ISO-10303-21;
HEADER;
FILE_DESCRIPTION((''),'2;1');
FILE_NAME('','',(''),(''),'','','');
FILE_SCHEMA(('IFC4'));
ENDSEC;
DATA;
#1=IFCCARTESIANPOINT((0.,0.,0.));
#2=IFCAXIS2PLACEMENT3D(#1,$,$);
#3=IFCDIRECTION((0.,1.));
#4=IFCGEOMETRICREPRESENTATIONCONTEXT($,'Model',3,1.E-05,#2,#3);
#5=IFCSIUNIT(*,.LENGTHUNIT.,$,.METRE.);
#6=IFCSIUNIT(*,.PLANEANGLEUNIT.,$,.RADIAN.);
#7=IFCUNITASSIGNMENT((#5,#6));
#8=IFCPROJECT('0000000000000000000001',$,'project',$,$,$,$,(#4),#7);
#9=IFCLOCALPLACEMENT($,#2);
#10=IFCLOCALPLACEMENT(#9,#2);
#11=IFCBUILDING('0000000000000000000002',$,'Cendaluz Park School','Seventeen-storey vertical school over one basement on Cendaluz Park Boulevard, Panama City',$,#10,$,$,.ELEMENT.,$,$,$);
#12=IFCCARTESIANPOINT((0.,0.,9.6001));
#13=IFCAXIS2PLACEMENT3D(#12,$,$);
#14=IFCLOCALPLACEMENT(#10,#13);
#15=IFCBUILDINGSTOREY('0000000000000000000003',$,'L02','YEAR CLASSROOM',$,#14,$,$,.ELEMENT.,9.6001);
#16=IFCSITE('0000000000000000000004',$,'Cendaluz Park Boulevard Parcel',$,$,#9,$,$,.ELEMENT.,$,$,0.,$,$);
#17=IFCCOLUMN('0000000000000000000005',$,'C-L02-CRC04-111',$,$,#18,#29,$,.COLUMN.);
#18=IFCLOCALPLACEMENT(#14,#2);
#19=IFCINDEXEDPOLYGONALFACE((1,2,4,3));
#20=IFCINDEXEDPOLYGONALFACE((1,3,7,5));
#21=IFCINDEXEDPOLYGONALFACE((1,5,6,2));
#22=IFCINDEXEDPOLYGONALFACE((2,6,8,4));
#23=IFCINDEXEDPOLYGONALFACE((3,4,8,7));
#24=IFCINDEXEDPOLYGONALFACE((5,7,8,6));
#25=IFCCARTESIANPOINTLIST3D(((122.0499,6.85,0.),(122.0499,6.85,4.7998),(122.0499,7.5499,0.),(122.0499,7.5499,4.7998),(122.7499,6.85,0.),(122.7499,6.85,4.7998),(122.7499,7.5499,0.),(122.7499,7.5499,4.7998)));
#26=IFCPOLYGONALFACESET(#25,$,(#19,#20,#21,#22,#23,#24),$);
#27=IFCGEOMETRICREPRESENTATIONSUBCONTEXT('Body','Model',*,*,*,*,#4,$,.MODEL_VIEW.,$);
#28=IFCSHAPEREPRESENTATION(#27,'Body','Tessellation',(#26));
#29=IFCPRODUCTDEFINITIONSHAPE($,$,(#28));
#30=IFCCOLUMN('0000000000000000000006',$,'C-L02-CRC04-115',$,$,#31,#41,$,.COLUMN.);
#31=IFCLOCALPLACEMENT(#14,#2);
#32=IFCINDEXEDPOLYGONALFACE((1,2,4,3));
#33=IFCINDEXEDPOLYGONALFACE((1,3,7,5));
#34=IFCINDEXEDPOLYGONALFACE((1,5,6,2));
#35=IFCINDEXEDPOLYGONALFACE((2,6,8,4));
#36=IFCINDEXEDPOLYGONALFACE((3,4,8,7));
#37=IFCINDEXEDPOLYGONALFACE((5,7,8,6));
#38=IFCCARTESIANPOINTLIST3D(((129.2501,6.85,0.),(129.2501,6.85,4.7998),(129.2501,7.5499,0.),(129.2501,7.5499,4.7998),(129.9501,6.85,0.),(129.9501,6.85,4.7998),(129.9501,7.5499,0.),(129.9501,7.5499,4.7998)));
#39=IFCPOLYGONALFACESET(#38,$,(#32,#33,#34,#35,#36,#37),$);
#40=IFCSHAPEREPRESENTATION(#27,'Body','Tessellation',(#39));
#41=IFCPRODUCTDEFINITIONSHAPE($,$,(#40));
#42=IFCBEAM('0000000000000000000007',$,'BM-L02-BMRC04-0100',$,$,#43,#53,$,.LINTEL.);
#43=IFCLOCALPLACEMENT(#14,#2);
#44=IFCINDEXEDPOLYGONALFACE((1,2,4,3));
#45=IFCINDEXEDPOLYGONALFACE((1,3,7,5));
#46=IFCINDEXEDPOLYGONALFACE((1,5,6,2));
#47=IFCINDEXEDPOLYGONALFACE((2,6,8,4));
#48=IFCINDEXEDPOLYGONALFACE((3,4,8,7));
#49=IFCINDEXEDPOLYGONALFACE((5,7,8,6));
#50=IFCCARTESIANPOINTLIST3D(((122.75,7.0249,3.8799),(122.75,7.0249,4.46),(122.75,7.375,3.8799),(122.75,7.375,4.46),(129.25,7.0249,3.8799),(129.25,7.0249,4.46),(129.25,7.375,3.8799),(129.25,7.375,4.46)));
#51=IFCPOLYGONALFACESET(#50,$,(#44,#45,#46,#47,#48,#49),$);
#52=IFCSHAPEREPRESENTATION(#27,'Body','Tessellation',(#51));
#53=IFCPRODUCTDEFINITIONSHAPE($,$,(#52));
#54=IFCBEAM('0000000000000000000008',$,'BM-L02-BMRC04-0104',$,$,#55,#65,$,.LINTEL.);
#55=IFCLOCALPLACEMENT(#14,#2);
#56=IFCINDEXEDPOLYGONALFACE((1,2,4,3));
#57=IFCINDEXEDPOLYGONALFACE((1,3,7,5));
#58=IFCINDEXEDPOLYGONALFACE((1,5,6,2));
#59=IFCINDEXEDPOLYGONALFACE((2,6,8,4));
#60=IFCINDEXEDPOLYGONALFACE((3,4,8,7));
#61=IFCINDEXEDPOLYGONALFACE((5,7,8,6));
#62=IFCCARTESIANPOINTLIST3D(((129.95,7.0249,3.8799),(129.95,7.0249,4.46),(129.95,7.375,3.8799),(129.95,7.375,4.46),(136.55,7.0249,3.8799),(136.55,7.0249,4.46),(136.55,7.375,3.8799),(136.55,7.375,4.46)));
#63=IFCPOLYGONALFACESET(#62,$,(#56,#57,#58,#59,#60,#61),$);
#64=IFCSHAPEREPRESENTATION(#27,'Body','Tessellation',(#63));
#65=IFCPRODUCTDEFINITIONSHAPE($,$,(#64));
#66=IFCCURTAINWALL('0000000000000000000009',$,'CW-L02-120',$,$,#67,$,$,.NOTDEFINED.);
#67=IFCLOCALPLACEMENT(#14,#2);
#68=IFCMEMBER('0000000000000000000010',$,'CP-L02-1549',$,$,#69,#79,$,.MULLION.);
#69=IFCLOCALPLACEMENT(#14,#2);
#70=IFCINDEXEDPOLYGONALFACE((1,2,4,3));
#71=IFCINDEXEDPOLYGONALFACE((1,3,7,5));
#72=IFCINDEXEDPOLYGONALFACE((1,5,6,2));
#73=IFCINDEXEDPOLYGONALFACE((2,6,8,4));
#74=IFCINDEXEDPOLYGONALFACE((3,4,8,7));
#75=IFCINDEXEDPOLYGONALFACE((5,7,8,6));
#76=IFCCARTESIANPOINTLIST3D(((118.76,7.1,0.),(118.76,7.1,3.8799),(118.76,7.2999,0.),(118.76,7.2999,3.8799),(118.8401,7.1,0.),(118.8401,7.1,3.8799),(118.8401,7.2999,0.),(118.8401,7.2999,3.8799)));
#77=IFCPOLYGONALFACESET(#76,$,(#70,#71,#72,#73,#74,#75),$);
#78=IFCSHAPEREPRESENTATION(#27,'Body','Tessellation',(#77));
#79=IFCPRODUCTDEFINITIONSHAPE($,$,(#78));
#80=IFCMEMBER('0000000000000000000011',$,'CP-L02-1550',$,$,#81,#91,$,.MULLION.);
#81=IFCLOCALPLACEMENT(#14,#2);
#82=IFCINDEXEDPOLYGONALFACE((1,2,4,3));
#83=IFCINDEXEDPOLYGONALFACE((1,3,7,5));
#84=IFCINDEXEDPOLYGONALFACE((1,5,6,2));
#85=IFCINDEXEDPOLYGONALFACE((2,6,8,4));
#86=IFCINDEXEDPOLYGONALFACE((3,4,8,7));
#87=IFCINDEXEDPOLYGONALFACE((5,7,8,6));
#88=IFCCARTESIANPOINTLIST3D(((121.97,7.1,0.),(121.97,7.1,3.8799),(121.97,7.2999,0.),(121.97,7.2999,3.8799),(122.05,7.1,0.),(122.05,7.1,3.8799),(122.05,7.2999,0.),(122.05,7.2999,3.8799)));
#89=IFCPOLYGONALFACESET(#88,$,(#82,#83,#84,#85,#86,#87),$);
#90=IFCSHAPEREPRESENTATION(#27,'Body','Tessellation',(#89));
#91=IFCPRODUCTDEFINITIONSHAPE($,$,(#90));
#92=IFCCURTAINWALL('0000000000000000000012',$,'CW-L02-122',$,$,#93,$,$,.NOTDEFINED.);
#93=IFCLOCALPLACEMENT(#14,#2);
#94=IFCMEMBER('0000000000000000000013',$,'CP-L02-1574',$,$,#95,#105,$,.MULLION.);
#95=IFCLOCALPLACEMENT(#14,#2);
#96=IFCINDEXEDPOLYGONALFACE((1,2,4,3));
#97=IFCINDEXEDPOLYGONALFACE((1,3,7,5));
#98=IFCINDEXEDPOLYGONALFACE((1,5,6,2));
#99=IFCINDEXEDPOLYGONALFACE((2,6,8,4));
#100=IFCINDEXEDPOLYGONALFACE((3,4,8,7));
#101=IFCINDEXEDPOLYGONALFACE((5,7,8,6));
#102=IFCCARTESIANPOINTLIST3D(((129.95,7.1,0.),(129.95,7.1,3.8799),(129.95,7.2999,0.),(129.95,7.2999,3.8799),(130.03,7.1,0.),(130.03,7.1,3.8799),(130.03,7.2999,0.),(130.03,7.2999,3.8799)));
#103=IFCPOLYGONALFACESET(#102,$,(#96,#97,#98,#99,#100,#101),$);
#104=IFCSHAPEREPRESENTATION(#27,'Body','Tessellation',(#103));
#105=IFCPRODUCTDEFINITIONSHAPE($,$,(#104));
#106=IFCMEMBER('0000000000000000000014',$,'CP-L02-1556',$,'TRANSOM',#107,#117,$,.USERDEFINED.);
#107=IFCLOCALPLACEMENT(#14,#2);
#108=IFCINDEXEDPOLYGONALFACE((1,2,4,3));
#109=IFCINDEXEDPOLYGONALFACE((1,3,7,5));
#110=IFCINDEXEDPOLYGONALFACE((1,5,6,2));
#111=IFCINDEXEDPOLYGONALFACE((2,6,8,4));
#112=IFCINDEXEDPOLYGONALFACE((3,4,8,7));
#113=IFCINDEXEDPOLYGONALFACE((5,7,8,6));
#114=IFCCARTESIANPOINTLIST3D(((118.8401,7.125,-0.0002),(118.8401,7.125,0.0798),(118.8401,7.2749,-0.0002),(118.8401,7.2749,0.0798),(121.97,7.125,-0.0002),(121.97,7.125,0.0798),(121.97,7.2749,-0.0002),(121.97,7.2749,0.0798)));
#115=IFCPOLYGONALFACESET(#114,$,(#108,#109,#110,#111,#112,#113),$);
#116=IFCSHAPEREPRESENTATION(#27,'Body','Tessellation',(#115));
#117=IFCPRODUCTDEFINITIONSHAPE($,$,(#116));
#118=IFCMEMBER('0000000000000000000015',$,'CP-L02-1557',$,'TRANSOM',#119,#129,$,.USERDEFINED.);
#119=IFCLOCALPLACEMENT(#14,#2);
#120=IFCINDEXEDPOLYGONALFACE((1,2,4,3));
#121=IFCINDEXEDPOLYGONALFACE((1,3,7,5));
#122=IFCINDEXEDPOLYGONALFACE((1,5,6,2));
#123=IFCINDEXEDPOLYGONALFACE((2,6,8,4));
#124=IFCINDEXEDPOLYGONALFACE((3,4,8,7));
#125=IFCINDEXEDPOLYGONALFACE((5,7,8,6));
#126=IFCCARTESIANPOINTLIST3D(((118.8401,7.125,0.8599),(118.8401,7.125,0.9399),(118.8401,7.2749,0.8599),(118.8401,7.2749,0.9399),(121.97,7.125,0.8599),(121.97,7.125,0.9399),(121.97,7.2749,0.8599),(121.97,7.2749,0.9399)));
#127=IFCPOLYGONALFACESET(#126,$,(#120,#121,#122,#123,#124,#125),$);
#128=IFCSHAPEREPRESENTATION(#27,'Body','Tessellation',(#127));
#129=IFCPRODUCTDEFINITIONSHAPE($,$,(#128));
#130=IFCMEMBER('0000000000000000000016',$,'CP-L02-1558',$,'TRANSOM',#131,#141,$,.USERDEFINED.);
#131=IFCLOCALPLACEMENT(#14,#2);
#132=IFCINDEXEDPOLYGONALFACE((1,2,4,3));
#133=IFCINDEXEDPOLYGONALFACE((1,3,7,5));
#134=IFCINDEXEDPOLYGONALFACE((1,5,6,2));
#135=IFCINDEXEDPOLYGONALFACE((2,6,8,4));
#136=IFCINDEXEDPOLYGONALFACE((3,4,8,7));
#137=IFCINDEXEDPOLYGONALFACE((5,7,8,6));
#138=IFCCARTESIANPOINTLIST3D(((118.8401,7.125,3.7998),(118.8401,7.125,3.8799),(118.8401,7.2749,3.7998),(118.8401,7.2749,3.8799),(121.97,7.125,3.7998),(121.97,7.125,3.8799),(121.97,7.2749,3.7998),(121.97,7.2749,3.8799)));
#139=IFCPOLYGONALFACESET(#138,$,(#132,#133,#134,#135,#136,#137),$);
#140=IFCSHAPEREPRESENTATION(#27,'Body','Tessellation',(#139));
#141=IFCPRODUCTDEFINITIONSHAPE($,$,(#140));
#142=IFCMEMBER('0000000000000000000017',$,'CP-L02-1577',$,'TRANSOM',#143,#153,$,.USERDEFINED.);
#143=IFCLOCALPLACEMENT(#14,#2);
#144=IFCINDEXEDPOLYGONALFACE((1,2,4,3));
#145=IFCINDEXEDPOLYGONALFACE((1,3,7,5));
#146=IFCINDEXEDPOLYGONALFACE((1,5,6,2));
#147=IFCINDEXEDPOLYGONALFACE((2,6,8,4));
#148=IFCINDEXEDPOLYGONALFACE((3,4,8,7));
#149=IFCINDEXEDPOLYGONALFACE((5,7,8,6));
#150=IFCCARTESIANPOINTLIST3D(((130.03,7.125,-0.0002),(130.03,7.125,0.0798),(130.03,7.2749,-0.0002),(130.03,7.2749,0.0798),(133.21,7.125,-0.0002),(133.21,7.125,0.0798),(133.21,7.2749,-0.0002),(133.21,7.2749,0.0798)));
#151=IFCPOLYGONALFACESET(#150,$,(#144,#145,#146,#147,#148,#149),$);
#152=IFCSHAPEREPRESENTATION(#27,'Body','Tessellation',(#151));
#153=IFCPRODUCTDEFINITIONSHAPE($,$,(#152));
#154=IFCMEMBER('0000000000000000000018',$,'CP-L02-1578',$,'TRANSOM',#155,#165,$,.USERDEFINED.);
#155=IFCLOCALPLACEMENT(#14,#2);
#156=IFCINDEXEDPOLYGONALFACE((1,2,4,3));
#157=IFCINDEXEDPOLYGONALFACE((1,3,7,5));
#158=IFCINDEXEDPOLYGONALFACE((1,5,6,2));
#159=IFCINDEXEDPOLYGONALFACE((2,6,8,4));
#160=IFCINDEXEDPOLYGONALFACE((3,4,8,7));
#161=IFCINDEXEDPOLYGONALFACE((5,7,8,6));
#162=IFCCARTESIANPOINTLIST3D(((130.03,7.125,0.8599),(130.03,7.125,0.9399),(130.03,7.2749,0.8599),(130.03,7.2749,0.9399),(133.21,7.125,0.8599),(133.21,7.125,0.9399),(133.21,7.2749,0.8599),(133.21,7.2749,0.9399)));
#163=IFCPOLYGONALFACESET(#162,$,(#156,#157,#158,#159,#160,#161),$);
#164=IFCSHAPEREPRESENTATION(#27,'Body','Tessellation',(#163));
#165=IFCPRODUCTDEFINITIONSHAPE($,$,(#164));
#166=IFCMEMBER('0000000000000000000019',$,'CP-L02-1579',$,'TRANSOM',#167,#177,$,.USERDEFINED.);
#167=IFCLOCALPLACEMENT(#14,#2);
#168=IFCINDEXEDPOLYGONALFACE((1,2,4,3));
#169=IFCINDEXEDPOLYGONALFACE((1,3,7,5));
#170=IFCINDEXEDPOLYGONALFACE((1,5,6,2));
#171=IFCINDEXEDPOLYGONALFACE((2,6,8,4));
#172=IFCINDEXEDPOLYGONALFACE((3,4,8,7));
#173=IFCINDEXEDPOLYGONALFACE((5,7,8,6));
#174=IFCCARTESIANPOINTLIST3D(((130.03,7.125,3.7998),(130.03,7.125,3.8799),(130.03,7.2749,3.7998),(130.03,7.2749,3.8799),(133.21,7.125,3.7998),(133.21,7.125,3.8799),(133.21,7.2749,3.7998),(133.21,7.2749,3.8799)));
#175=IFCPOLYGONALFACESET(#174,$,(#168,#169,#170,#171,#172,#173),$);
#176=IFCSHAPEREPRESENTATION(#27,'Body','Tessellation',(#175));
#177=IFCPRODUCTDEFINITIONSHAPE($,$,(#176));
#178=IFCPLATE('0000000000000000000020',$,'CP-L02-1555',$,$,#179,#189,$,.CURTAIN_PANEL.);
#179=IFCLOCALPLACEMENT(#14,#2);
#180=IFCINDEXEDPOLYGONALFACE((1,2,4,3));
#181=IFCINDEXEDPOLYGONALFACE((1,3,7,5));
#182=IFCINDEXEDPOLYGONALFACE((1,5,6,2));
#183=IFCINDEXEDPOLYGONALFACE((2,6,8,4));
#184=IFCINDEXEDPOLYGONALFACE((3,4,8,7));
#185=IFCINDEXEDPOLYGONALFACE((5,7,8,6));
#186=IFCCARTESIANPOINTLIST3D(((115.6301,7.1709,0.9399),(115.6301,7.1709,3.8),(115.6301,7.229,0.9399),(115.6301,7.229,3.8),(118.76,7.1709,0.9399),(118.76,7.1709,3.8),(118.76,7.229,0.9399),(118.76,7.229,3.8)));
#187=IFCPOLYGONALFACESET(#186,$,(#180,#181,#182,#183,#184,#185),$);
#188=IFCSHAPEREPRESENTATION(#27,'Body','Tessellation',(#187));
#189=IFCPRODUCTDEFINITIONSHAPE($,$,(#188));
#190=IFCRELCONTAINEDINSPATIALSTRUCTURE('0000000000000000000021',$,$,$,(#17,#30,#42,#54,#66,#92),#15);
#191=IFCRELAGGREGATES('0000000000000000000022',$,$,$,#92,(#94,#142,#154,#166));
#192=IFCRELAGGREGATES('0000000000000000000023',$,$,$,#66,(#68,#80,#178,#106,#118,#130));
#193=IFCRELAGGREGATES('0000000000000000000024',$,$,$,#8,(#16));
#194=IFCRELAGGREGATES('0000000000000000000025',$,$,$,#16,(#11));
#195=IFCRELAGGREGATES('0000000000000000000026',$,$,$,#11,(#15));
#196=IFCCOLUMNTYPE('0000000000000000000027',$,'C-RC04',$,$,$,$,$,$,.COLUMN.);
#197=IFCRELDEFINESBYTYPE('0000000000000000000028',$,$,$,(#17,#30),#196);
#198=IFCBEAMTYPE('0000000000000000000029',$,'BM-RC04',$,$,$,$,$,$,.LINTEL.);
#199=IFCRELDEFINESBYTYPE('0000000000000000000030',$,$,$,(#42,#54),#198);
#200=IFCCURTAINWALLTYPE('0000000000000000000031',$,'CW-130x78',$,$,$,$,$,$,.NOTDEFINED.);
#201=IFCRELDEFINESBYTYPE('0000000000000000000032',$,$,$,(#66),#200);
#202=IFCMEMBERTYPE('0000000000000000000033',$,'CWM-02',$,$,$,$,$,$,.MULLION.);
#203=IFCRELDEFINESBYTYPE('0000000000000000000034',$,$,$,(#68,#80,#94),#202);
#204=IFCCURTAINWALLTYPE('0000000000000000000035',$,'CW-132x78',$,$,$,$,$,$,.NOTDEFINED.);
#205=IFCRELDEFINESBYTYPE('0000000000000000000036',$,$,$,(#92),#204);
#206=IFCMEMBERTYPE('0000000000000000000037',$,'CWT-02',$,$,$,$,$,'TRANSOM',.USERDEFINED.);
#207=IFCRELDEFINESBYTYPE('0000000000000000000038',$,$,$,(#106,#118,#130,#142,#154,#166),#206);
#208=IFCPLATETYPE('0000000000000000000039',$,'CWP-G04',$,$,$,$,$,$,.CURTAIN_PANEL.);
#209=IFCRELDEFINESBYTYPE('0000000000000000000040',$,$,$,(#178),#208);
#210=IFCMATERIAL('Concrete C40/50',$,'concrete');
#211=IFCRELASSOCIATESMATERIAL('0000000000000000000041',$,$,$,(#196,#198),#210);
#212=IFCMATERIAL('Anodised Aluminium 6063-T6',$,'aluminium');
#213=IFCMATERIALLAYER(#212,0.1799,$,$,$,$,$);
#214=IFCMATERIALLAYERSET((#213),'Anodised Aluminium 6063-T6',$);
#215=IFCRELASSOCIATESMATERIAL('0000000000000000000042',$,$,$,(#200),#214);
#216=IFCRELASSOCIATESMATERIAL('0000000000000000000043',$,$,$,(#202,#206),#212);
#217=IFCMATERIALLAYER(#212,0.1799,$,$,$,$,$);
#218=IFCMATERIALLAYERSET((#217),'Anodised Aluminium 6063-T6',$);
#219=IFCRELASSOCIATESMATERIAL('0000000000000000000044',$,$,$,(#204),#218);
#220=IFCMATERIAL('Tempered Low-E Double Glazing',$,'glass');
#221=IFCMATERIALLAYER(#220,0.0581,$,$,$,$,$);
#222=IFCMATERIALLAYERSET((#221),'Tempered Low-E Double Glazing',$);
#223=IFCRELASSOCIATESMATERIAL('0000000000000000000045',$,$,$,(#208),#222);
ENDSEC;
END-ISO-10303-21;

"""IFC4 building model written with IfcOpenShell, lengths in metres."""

from ifc_helpers import new_model, si_unit, direction, frame, origin, origin_2d, place, context, subcontext, project, spatial, rectangle, extrude, material, layer, layer_set, material_profile, profile_set, type_object, element, aggregate, save


model = new_model("IFC4")

# Units and contexts
model_context = context("Model", 3, precision=1e-05, world=origin(), true_north=direction((0.0, 1.0)))
body_context = subcontext(model_context, "Body", "Model", "MODEL_VIEW")
ifc_project = project(units=[si_unit("LENGTHUNIT", "METRE"), si_unit("PLANEANGLEUNIT", "RADIAN")], contexts=[model_context])

# Site, building, storey
site_placement = place(None, origin())
site = spatial("IfcSite", under=ifc_project, at=site_placement, Name="Cendaluz Park Boulevard Parcel", CompositionType="ELEMENT", RefElevation=0.0)
building_placement = place(site_placement, origin())
building = spatial("IfcBuilding", under=site, at=building_placement, Name="Cendaluz Park School", Description="Seventeen-storey vertical school over one basement on Cendaluz Park Boulevard, Panama City", CompositionType="ELEMENT")
storey_placement = place(building_placement, frame((0.0, 0.0, 9.6001)))
storey = spatial("IfcBuildingStorey", under=building, at=storey_placement, Name="L02", Description="YEAR CLASSROOM", CompositionType="ELEMENT", Elevation=9.6001)

# Columns
ifc_material_1 = material(Name="Concrete C40/50", Category="concrete")
ifc_material_profile_1 = material_profile(ifc_material_1, rectangle(XDim=0.7, YDim=0.7, at=origin_2d()), Name="RC 700x700", Category="concrete")
ifc_profile_set_1 = profile_set([ifc_material_profile_1], Name="Concrete C40/50")
column_type = type_object("IfcColumnType", Name="C-RC04", PredefinedType="COLUMN", material=ifc_profile_set_1)
for number, where, z_axis, x_axis, name in (
    (1, (122.3999, 7.2, 0.0), (0.0, 0.0, 1.0), (1.0, 0.0, 0.0), "C-L02-CRC04-111"),
    (2, (129.6001, 7.2, 0.0), (0.0, 0.0, 1.0), (1.0, 0.0, 0.0), "C-L02-CRC04-115"),
):
    element("IfcColumn", number, at=place(storey_placement, frame(where, z_axis=z_axis, x_axis=x_axis)), inside=storey, type_object=column_type, Name=name, PredefinedType="COLUMN", context=body_context, shape_type="SweptSolid", body=[
        extrude(rectangle(XDim=0.7, YDim=0.7, at=origin_2d()), origin(), (0.0, 0.0, 1.0), 4.7998),
    ])

# Beams
ifc_material_profile_2 = material_profile(ifc_material_1, rectangle(XDim=0.3501, YDim=0.5801, at=origin_2d()), Name="RC 350x580", Category="concrete")
ifc_profile_set_2 = profile_set([ifc_material_profile_2], Name="Concrete C40/50")
beam_type = type_object("IfcBeamType", Name="BM-RC04", PredefinedType="LINTEL", material=ifc_profile_set_2)
beam_1_placement = place(storey_placement, frame((122.75, 7.2, 4.1699), z_axis=(1.0, 0.0, 0.0), x_axis=(0.0, 1.0, 0.0)))
element("IfcBeam", 3, at=beam_1_placement, inside=storey, type_object=beam_type, Name="BM-L02-BMRC04-0100", PredefinedType="LINTEL", context=body_context, shape_type="SweptSolid", body=[
    extrude(rectangle(XDim=0.3501, YDim=0.5801, at=origin_2d()), origin(), (0.0, 0.0, 1.0), 6.5),
])
beam_2_placement = place(storey_placement, frame((129.95, 7.2, 4.1699), z_axis=(1.0, 0.0, 0.0), x_axis=(0.0, 1.0, 0.0)))
element("IfcBeam", 4, at=beam_2_placement, inside=storey, type_object=beam_type, Name="BM-L02-BMRC04-0104", PredefinedType="LINTEL", context=body_context, shape_type="SweptSolid", body=[
    extrude(rectangle(XDim=0.3501, YDim=0.5801, at=origin_2d()), origin(), (0.0, 0.0, 1.0), 6.6001),
])

# Curtain wall, members
ifc_material_2 = material(Name="Anodised Aluminium 6063-T6", Category="aluminium")
ifc_layer_1 = layer(ifc_material_2, 0.1799)
ifc_layer_set_1 = layer_set([ifc_layer_1], Name="Anodised Aluminium 6063-T6")
curtain_wall_type_1 = type_object("IfcCurtainWallType", Name="CW-130x78", PredefinedType="NOTDEFINED", material=ifc_layer_set_1)
curtain_wall_1_placement = place(storey_placement, origin())
curtain_wall_1 = element("IfcCurtainWall", 5, at=curtain_wall_1_placement, inside=storey, type_object=curtain_wall_type_1, Name="CW-L02-120", PredefinedType="NOTDEFINED")
ifc_material_profile_3 = material_profile(ifc_material_2, rectangle(XDim=0.2, YDim=0.0801, at=origin_2d()), Name="CWM 200x80", Category="aluminium")
ifc_profile_set_3 = profile_set([ifc_material_profile_3], Name="Anodised Aluminium 6063-T6")
member_type_1 = type_object("IfcMemberType", Name="CWM-02", PredefinedType="MULLION", material=ifc_profile_set_3)
member_1_placement = place(storey_placement, frame((118.8, 7.2, 0.0), z_axis=(0.0, 0.0, 1.0), x_axis=(0.0, 1.0, 0.0)))
member_1 = element("IfcMember", 6, at=member_1_placement, type_object=member_type_1, Name="CP-L02-1549", PredefinedType="MULLION", context=body_context, shape_type="SweptSolid", body=[
    extrude(rectangle(XDim=0.2, YDim=0.0801, at=origin_2d()), origin(), (0.0, 0.0, 1.0), 3.8799),
])
member_2_placement = place(storey_placement, frame((122.01, 7.2, 0.0), z_axis=(0.0, 0.0, 1.0), x_axis=(0.0, 1.0, 0.0)))
member_2 = element("IfcMember", 7, at=member_2_placement, type_object=member_type_1, Name="CP-L02-1550", PredefinedType="MULLION", context=body_context, shape_type="SweptSolid", body=[
    extrude(rectangle(XDim=0.2, YDim=0.0801, at=origin_2d()), origin(), (0.0, 0.0, 1.0), 3.8799),
])

# Curtain wall, member
ifc_layer_2 = layer(ifc_material_2, 0.1799)
ifc_layer_set_2 = layer_set([ifc_layer_2], Name="Anodised Aluminium 6063-T6")
curtain_wall_type_2 = type_object("IfcCurtainWallType", Name="CW-132x78", PredefinedType="NOTDEFINED", material=ifc_layer_set_2)
curtain_wall_2_placement = place(storey_placement, origin())
curtain_wall_2 = element("IfcCurtainWall", 8, at=curtain_wall_2_placement, inside=storey, type_object=curtain_wall_type_2, Name="CW-L02-122", PredefinedType="NOTDEFINED")
member_3_placement = place(storey_placement, frame((129.99, 7.2, 0.0), z_axis=(0.0, 0.0, 1.0), x_axis=(0.0, 1.0, 0.0)))
member_3 = element("IfcMember", 9, at=member_3_placement, type_object=member_type_1, Name="CP-L02-1574", PredefinedType="MULLION", context=body_context, shape_type="SweptSolid", body=[
    extrude(rectangle(XDim=0.2, YDim=0.0801, at=origin_2d()), origin(), (0.0, 0.0, 1.0), 3.8799),
])

# Members
ifc_material_profile_4 = material_profile(ifc_material_2, rectangle(XDim=0.1499, YDim=0.0801, at=origin_2d()), Name="CWT 150x80", Category="aluminium")
ifc_profile_set_4 = profile_set([ifc_material_profile_4], Name="Anodised Aluminium 6063-T6")
member_type_2 = type_object("IfcMemberType", Name="CWT-02", ElementType="TRANSOM", PredefinedType="USERDEFINED", material=ifc_profile_set_4)
member_4_placement = place(storey_placement, frame((118.8401, 7.2, 0.0398), z_axis=(1.0, 0.0, 0.0), x_axis=(0.0, 1.0, 0.0)))
member_4 = element("IfcMember", 10, at=member_4_placement, type_object=member_type_2, Name="CP-L02-1556", ObjectType="TRANSOM", PredefinedType="USERDEFINED", context=body_context, shape_type="SweptSolid", body=[
    extrude(rectangle(XDim=0.1499, YDim=0.0801, at=origin_2d()), origin(), (0.0, 0.0, 1.0), 3.1299),
])
member_5_placement = place(storey_placement, frame((118.8401, 7.2, 0.8999), z_axis=(1.0, 0.0, 0.0), x_axis=(0.0, 1.0, 0.0)))
member_5 = element("IfcMember", 11, at=member_5_placement, type_object=member_type_2, Name="CP-L02-1557", ObjectType="TRANSOM", PredefinedType="USERDEFINED", context=body_context, shape_type="SweptSolid", body=[
    extrude(rectangle(XDim=0.1499, YDim=0.0801, at=origin_2d()), origin(), (0.0, 0.0, 1.0), 3.1299),
])
member_6_placement = place(storey_placement, frame((118.8401, 7.2, 3.8398), z_axis=(1.0, 0.0, 0.0), x_axis=(0.0, 1.0, 0.0)))
member_6 = element("IfcMember", 12, at=member_6_placement, type_object=member_type_2, Name="CP-L02-1558", ObjectType="TRANSOM", PredefinedType="USERDEFINED", context=body_context, shape_type="SweptSolid", body=[
    extrude(rectangle(XDim=0.1499, YDim=0.0801, at=origin_2d()), origin(), (0.0, 0.0, 1.0), 3.1299),
])
member_7_placement = place(storey_placement, frame((130.03, 7.2, 0.0398), z_axis=(1.0, 0.0, 0.0), x_axis=(0.0, 1.0, 0.0)))
member_7 = element("IfcMember", 13, at=member_7_placement, type_object=member_type_2, Name="CP-L02-1577", ObjectType="TRANSOM", PredefinedType="USERDEFINED", context=body_context, shape_type="SweptSolid", body=[
    extrude(rectangle(XDim=0.1499, YDim=0.0801, at=origin_2d()), origin(), (0.0, 0.0, 1.0), 3.1799),
])
member_8_placement = place(storey_placement, frame((130.03, 7.2, 0.8999), z_axis=(1.0, 0.0, 0.0), x_axis=(0.0, 1.0, 0.0)))
member_8 = element("IfcMember", 14, at=member_8_placement, type_object=member_type_2, Name="CP-L02-1578", ObjectType="TRANSOM", PredefinedType="USERDEFINED", context=body_context, shape_type="SweptSolid", body=[
    extrude(rectangle(XDim=0.1499, YDim=0.0801, at=origin_2d()), origin(), (0.0, 0.0, 1.0), 3.1799),
])
member_9_placement = place(storey_placement, frame((130.03, 7.2, 3.8398), z_axis=(1.0, 0.0, 0.0), x_axis=(0.0, 1.0, 0.0)))
member_9 = element("IfcMember", 15, at=member_9_placement, type_object=member_type_2, Name="CP-L02-1579", ObjectType="TRANSOM", PredefinedType="USERDEFINED", context=body_context, shape_type="SweptSolid", body=[
    extrude(rectangle(XDim=0.1499, YDim=0.0801, at=origin_2d()), origin(), (0.0, 0.0, 1.0), 3.1799),
])
aggregate(curtain_wall_2, [member_3, member_7, member_8, member_9])

# Plate
ifc_material_3 = material(Name="Tempered Low-E Double Glazing", Category="glass")
ifc_layer_3 = layer(ifc_material_3, 0.0581)
ifc_layer_set_3 = layer_set([ifc_layer_3], Name="Tempered Low-E Double Glazing")
plate_type_1 = type_object("IfcPlateType", Name="CWP-G04", PredefinedType="CURTAIN_PANEL", material=ifc_layer_set_3)
plate_1_placement = place(storey_placement, frame((117.1951, 7.2, 0.9399), z_axis=(0.0, 0.0, 1.0), x_axis=(1.0, 0.0, 0.0)))
plate_1 = element("IfcPlate", 16, at=plate_1_placement, type_object=plate_type_1, Name="CP-L02-1555", PredefinedType="CURTAIN_PANEL", context=body_context, shape_type="SweptSolid", body=[
    extrude(rectangle(XDim=3.1299, YDim=0.0581, at=origin_2d()), origin(), (0.0, 0.0, 1.0), 2.8601),
])
aggregate(curtain_wall_1, [member_1, member_2, plate_1, member_4, member_5, member_6])

save(model, "model.ifc")
